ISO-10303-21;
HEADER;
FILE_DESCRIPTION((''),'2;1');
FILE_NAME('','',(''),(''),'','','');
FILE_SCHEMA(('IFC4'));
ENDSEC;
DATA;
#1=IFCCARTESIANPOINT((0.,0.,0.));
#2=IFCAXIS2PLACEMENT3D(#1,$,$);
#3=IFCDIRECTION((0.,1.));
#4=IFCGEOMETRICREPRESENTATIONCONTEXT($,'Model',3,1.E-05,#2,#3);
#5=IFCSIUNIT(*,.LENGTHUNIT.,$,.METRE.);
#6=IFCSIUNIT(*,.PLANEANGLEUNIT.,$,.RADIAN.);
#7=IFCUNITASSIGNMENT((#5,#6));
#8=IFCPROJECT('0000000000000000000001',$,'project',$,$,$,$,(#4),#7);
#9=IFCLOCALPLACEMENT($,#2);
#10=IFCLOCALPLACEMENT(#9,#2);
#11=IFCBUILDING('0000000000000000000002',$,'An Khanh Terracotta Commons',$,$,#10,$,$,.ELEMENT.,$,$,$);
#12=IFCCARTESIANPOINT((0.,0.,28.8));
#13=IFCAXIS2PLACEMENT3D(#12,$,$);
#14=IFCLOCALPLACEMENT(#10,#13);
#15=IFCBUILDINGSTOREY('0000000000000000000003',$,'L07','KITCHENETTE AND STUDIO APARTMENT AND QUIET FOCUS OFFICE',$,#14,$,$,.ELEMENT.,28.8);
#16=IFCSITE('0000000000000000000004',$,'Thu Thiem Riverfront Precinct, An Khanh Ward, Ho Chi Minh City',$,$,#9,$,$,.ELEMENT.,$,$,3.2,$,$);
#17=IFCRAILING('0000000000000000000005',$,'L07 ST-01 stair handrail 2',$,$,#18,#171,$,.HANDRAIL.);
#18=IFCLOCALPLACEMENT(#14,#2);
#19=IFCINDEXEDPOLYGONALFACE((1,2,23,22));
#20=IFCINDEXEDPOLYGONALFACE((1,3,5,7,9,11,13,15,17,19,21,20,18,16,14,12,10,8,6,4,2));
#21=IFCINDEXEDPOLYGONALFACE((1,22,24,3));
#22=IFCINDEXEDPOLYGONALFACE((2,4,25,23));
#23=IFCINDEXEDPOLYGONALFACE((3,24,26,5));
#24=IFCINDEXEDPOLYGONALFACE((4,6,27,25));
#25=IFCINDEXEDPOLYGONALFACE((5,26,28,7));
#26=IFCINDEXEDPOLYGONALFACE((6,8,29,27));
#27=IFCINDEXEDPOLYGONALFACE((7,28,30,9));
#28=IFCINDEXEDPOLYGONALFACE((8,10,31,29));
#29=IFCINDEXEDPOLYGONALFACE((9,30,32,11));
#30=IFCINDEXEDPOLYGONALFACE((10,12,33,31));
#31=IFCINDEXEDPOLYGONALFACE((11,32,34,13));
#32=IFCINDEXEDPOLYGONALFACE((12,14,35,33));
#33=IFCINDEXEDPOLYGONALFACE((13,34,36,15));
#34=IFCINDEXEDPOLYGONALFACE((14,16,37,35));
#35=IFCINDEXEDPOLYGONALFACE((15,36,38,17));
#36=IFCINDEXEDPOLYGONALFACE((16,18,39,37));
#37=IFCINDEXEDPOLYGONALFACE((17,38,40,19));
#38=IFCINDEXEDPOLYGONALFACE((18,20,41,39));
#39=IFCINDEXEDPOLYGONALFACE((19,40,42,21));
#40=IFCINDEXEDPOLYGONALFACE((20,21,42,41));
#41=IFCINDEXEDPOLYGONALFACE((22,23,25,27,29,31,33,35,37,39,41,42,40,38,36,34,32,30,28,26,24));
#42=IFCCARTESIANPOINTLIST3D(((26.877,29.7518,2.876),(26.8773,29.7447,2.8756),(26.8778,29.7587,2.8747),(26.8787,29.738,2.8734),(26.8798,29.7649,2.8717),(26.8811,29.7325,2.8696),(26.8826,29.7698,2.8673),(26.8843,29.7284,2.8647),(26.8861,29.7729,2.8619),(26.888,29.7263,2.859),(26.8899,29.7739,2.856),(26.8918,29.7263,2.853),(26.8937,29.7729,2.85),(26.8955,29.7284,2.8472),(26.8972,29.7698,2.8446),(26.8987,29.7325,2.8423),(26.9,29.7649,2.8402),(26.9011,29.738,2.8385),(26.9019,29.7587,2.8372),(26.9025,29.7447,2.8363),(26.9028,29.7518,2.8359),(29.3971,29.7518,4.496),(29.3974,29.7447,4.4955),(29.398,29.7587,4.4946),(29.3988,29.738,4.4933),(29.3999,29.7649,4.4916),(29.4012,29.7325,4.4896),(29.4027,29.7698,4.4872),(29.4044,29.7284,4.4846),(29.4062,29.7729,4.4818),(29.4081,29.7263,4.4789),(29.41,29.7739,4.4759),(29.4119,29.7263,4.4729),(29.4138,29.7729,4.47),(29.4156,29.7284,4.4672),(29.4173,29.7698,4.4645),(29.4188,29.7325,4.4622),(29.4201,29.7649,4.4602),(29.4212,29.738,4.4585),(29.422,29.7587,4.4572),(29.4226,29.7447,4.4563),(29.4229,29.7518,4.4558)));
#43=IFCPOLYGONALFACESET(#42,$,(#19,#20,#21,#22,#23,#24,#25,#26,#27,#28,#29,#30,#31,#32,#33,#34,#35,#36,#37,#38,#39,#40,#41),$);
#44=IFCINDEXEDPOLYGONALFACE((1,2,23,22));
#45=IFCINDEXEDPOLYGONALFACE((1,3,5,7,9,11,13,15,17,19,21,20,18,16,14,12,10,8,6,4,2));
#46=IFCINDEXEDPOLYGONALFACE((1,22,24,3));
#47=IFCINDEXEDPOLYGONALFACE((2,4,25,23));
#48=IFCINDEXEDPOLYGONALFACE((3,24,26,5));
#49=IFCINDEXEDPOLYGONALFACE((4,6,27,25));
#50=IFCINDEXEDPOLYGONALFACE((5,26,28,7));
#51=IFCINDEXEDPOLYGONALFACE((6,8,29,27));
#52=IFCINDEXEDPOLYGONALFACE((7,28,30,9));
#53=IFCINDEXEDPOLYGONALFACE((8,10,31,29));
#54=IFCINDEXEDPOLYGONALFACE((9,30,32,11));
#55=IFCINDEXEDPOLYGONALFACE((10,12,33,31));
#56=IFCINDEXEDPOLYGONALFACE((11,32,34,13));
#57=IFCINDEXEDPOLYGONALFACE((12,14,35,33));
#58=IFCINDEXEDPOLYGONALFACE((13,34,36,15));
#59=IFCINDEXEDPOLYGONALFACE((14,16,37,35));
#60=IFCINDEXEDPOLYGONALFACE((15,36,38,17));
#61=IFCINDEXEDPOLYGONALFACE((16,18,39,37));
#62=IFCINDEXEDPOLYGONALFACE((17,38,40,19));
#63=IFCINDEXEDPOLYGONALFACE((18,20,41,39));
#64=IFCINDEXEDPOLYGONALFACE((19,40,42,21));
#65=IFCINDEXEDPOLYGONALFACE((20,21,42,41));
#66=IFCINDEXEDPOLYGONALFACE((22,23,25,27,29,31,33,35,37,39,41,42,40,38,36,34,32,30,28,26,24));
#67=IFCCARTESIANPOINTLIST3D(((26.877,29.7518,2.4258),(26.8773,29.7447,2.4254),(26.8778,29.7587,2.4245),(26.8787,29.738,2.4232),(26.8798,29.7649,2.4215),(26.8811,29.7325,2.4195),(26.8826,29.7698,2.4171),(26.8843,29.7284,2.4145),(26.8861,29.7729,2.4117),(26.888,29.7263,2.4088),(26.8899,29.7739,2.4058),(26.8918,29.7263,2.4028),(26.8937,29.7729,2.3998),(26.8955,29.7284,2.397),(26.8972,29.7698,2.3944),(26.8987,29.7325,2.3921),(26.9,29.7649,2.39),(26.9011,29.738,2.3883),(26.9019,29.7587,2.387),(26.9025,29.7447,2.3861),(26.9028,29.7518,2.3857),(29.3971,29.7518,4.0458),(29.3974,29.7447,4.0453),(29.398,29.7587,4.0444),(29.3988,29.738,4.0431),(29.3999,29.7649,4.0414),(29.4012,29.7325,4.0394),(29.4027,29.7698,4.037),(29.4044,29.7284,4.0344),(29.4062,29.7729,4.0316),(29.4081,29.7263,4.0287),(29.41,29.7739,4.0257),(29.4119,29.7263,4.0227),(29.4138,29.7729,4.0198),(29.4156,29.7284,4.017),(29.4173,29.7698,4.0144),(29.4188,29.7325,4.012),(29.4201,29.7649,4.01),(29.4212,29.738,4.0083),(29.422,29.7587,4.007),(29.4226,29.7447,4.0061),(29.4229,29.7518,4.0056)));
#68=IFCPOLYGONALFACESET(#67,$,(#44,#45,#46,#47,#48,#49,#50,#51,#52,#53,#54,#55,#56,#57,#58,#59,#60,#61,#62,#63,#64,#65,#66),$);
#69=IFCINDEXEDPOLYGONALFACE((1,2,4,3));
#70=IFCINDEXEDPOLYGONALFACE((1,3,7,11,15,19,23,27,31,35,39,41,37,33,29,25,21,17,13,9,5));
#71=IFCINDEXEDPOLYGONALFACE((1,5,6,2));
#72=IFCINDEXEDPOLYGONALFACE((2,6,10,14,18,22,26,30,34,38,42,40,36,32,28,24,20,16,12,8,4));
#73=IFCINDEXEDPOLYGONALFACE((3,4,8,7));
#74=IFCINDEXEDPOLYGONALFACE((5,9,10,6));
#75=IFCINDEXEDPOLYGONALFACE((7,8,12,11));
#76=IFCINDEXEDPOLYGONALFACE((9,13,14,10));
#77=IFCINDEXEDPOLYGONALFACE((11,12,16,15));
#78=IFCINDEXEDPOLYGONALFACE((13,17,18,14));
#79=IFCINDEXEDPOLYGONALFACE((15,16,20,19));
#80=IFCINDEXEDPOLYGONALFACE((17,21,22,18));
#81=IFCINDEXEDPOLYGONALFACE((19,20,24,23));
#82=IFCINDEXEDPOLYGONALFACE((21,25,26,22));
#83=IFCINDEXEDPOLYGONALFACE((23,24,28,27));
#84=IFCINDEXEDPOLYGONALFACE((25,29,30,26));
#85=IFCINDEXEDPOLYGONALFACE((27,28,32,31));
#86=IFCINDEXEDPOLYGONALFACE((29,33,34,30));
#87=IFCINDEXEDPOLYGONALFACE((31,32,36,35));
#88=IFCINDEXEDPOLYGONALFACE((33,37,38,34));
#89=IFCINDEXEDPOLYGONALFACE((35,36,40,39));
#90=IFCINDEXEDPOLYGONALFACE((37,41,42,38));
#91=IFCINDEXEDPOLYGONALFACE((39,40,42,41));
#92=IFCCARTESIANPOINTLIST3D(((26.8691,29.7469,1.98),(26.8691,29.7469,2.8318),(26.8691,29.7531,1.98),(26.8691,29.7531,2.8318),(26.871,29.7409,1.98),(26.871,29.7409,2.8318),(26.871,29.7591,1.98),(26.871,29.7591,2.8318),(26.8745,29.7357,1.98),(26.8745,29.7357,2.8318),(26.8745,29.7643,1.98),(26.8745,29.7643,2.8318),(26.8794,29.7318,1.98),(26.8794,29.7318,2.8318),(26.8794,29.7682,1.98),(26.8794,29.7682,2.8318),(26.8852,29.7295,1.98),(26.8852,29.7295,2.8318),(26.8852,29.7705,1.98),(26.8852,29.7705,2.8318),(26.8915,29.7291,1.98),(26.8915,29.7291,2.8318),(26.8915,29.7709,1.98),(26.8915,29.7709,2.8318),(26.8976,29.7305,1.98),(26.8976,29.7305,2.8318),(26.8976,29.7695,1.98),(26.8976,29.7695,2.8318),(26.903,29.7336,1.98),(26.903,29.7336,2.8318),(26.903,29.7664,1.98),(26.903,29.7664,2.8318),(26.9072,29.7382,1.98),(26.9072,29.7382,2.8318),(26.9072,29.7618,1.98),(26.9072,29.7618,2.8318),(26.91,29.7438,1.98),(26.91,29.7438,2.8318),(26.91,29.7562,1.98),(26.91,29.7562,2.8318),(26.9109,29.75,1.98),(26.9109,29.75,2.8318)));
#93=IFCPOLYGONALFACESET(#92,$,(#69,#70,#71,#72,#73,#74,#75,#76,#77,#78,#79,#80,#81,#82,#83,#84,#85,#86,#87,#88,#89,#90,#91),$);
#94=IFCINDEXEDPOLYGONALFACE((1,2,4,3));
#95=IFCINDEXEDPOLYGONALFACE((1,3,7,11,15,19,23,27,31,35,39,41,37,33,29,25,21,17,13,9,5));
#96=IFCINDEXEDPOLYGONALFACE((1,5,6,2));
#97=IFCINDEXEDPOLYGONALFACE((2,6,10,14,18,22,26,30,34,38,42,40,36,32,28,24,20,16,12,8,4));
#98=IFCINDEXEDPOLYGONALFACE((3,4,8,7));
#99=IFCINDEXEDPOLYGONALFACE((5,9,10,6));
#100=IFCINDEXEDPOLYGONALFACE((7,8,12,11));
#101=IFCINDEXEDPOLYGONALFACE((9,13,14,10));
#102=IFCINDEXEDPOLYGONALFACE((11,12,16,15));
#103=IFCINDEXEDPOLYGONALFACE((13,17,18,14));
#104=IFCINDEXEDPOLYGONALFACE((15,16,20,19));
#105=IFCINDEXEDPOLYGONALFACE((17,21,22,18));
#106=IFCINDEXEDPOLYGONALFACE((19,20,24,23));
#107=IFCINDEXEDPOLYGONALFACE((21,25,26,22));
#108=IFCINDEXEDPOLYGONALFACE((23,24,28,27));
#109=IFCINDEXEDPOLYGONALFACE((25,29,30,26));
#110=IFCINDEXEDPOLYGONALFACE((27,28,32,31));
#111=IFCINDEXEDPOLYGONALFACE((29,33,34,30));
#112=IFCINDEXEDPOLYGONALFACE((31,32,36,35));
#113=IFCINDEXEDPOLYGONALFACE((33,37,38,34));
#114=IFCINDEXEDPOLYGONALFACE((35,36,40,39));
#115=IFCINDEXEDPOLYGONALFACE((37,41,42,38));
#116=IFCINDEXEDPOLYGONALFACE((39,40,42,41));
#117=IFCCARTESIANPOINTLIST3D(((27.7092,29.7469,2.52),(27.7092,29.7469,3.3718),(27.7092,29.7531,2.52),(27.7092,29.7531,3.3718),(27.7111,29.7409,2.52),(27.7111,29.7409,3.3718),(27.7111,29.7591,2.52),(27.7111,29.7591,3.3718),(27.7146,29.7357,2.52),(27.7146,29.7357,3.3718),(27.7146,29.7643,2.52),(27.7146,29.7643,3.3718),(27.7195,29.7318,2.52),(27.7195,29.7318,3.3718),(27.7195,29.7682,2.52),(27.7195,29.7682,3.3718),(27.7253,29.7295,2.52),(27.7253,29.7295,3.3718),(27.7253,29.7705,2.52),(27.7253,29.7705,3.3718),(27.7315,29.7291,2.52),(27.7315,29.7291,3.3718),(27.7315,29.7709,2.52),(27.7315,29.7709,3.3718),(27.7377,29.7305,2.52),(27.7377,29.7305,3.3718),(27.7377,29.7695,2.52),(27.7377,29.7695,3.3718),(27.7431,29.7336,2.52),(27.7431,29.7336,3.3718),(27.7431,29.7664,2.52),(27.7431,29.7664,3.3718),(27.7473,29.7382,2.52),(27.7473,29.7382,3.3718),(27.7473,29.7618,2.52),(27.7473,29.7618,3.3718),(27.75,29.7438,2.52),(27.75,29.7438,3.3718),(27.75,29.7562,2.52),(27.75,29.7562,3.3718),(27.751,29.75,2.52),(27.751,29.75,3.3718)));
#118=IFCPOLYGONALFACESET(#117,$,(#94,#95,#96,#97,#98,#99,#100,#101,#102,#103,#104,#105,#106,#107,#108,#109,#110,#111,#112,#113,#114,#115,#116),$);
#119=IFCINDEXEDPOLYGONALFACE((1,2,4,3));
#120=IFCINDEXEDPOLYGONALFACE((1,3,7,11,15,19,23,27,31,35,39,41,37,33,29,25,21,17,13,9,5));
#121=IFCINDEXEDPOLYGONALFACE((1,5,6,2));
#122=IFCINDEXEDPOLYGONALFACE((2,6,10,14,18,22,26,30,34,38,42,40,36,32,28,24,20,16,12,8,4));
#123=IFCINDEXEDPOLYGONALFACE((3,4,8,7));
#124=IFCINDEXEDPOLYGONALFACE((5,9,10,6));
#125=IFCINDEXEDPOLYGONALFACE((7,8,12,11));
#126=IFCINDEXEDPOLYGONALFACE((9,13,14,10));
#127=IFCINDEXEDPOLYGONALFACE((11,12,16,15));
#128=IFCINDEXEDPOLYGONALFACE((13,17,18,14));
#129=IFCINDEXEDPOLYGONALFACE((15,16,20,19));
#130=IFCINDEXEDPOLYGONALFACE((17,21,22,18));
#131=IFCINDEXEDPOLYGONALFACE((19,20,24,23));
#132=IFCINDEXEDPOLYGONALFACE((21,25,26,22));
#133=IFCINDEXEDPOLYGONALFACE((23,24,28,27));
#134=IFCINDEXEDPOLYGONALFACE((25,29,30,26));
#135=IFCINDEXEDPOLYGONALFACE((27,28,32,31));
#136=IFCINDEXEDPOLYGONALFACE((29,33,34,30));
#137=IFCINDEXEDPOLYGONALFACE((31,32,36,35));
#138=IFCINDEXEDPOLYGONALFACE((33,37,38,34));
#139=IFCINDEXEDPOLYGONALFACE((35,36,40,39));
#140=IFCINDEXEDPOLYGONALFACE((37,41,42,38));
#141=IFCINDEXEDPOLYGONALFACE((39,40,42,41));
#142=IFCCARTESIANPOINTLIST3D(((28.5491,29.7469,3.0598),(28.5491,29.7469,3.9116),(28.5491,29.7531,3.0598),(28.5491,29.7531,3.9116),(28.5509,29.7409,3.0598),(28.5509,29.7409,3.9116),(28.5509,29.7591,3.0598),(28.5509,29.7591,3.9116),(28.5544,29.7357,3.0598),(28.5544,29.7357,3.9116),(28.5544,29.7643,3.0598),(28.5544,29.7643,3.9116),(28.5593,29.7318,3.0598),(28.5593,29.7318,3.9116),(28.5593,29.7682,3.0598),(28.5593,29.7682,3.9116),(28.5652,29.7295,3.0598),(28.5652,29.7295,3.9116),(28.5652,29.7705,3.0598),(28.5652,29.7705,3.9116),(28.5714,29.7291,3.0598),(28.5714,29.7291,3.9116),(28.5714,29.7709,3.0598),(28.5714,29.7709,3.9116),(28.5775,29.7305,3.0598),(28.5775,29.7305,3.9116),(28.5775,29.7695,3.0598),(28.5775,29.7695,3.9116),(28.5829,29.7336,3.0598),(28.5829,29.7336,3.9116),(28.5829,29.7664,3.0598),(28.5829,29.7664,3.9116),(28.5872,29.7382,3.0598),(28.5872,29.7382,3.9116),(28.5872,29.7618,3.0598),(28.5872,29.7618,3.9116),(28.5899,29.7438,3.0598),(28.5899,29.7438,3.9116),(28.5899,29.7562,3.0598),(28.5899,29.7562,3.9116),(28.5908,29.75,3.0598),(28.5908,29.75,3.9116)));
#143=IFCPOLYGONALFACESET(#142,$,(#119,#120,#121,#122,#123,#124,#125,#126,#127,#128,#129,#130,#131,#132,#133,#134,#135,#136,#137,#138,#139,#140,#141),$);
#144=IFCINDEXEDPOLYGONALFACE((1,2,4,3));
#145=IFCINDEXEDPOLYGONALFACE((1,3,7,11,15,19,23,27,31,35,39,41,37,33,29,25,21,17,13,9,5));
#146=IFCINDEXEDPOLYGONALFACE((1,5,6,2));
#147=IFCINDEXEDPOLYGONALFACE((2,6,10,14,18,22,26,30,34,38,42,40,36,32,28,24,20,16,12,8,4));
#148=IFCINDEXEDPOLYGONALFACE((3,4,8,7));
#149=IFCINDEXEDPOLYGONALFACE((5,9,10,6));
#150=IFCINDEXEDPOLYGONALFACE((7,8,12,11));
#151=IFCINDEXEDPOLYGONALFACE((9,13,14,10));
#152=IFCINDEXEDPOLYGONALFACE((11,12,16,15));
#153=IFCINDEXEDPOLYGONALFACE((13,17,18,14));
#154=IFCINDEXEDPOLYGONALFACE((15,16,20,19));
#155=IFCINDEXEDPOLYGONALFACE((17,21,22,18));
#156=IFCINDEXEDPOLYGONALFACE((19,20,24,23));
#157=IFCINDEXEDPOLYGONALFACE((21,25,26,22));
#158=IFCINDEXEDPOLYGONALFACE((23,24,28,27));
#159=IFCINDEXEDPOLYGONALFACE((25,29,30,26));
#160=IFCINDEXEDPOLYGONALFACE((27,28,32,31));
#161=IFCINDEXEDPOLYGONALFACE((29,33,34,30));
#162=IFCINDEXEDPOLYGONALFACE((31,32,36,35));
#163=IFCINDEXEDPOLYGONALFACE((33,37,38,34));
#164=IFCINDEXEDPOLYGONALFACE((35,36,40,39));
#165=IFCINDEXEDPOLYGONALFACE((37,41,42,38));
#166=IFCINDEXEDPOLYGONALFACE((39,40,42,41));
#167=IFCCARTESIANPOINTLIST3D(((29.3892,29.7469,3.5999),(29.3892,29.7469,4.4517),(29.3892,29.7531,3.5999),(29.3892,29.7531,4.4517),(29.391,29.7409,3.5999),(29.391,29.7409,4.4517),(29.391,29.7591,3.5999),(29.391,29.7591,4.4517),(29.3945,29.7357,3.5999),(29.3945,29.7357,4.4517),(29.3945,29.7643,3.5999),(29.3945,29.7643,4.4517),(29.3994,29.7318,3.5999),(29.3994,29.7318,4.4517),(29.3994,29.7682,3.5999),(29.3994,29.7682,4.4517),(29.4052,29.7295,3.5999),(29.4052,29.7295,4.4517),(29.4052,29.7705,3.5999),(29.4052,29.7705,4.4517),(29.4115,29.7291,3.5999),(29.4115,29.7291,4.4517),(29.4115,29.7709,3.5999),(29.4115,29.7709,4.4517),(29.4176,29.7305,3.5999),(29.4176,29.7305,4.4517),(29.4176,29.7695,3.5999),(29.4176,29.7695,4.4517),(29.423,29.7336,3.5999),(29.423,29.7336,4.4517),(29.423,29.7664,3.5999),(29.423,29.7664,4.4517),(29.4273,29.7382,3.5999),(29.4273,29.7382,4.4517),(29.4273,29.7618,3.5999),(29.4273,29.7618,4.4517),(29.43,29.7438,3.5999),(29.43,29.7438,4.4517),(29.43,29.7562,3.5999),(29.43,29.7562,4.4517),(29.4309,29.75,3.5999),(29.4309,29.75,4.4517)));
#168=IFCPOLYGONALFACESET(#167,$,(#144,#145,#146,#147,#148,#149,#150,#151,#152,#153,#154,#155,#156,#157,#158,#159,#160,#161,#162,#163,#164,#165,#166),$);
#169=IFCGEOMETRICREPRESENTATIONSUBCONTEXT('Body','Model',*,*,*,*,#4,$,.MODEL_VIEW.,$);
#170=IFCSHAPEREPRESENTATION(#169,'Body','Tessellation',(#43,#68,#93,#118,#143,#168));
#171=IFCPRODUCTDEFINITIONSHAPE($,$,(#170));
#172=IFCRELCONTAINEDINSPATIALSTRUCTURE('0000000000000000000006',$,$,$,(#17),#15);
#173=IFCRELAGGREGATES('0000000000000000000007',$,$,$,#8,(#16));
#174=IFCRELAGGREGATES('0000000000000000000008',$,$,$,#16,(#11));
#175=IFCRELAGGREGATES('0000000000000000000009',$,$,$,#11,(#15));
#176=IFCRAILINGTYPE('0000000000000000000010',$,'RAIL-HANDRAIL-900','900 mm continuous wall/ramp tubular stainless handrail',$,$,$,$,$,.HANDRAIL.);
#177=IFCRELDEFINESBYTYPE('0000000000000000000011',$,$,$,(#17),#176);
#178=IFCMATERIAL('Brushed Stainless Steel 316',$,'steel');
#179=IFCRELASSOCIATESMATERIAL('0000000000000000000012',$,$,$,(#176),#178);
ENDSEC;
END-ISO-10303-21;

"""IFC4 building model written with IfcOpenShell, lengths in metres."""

from ifc_helpers import new_model, si_unit, direction, frame, origin, origin_2d, place, context, subcontext, project, spatial, circle, extrude, material, type_object, element, save


model = new_model("IFC4")

# Units and contexts
model_context = context("Model", 3, precision=1e-05, world=origin(), true_north=direction((0.0, 1.0)))
body_context = subcontext(model_context, "Body", "Model", "MODEL_VIEW")
ifc_project = project(units=[si_unit("LENGTHUNIT", "METRE"), si_unit("PLANEANGLEUNIT", "RADIAN")], contexts=[model_context])

# Site, building, storey
site_placement = place(None, origin())
site = spatial("IfcSite", under=ifc_project, at=site_placement, Name="Thu Thiem Riverfront Precinct, An Khanh Ward, Ho Chi Minh City", CompositionType="ELEMENT", RefElevation=3.2)
building_placement = place(site_placement, origin())
building = spatial("IfcBuilding", under=site, at=building_placement, Name="An Khanh Terracotta Commons", CompositionType="ELEMENT")
storey_placement = place(building_placement, frame((0.0, 0.0, 28.8)))
storey = spatial("IfcBuildingStorey", under=building, at=storey_placement, Name="L07", Description="KITCHENETTE AND STUDIO APARTMENT AND QUIET FOCUS OFFICE", CompositionType="ELEMENT", Elevation=28.8)

# Railing
ifc_material_1 = material(Name="Brushed Stainless Steel 316", Category="steel")
railing_type_1 = type_object("IfcRailingType", Name="RAIL-HANDRAIL-900", Description="900 mm continuous wall/ramp tubular stainless handrail", PredefinedType="HANDRAIL", material=ifc_material_1)
railing_1_placement = place(storey_placement, frame((26.8899, 29.75, 1.98)))
element("IfcRailing", 1, at=railing_1_placement, inside=storey, type_object=railing_type_1, Name="L07 ST-01 stair handrail 2", PredefinedType="HANDRAIL", context=body_context, shape_type="SweptSolid", body=[
    extrude(circle(Radius=0.0239, at=origin_2d()), frame((0.0, 0.0, 0.876), z_axis=(0.8412, 0.0, 0.540725), x_axis=(0.0, 1.0, 0.0)), (0.0, 0.0, 1.0), 2.9958),
    extrude(circle(Radius=0.0239, at=origin_2d()), frame((0.0, 0.0, 0.4258), z_axis=(0.8412, 0.0, 0.540725), x_axis=(0.0, 1.0, 0.0)), (0.0, 0.0, 1.0), 2.9958),
    extrude(circle(Radius=0.021, at=origin_2d()), origin(), (0.0, 0.0, 1.0), 0.8518),
    extrude(circle(Radius=0.021, at=origin_2d()), frame((0.8401, 0.0, 0.54)), (0.0, 0.0, 1.0), 0.8518),
    extrude(circle(Radius=0.021, at=origin_2d()), frame((1.6799, 0.0, 1.0798)), (0.0, 0.0, 1.0), 0.8518),
    extrude(circle(Radius=0.021, at=origin_2d()), frame((2.52, 0.0, 1.6199)), (0.0, 0.0, 1.0), 0.8518),
])

save(model, "model.ifc")
